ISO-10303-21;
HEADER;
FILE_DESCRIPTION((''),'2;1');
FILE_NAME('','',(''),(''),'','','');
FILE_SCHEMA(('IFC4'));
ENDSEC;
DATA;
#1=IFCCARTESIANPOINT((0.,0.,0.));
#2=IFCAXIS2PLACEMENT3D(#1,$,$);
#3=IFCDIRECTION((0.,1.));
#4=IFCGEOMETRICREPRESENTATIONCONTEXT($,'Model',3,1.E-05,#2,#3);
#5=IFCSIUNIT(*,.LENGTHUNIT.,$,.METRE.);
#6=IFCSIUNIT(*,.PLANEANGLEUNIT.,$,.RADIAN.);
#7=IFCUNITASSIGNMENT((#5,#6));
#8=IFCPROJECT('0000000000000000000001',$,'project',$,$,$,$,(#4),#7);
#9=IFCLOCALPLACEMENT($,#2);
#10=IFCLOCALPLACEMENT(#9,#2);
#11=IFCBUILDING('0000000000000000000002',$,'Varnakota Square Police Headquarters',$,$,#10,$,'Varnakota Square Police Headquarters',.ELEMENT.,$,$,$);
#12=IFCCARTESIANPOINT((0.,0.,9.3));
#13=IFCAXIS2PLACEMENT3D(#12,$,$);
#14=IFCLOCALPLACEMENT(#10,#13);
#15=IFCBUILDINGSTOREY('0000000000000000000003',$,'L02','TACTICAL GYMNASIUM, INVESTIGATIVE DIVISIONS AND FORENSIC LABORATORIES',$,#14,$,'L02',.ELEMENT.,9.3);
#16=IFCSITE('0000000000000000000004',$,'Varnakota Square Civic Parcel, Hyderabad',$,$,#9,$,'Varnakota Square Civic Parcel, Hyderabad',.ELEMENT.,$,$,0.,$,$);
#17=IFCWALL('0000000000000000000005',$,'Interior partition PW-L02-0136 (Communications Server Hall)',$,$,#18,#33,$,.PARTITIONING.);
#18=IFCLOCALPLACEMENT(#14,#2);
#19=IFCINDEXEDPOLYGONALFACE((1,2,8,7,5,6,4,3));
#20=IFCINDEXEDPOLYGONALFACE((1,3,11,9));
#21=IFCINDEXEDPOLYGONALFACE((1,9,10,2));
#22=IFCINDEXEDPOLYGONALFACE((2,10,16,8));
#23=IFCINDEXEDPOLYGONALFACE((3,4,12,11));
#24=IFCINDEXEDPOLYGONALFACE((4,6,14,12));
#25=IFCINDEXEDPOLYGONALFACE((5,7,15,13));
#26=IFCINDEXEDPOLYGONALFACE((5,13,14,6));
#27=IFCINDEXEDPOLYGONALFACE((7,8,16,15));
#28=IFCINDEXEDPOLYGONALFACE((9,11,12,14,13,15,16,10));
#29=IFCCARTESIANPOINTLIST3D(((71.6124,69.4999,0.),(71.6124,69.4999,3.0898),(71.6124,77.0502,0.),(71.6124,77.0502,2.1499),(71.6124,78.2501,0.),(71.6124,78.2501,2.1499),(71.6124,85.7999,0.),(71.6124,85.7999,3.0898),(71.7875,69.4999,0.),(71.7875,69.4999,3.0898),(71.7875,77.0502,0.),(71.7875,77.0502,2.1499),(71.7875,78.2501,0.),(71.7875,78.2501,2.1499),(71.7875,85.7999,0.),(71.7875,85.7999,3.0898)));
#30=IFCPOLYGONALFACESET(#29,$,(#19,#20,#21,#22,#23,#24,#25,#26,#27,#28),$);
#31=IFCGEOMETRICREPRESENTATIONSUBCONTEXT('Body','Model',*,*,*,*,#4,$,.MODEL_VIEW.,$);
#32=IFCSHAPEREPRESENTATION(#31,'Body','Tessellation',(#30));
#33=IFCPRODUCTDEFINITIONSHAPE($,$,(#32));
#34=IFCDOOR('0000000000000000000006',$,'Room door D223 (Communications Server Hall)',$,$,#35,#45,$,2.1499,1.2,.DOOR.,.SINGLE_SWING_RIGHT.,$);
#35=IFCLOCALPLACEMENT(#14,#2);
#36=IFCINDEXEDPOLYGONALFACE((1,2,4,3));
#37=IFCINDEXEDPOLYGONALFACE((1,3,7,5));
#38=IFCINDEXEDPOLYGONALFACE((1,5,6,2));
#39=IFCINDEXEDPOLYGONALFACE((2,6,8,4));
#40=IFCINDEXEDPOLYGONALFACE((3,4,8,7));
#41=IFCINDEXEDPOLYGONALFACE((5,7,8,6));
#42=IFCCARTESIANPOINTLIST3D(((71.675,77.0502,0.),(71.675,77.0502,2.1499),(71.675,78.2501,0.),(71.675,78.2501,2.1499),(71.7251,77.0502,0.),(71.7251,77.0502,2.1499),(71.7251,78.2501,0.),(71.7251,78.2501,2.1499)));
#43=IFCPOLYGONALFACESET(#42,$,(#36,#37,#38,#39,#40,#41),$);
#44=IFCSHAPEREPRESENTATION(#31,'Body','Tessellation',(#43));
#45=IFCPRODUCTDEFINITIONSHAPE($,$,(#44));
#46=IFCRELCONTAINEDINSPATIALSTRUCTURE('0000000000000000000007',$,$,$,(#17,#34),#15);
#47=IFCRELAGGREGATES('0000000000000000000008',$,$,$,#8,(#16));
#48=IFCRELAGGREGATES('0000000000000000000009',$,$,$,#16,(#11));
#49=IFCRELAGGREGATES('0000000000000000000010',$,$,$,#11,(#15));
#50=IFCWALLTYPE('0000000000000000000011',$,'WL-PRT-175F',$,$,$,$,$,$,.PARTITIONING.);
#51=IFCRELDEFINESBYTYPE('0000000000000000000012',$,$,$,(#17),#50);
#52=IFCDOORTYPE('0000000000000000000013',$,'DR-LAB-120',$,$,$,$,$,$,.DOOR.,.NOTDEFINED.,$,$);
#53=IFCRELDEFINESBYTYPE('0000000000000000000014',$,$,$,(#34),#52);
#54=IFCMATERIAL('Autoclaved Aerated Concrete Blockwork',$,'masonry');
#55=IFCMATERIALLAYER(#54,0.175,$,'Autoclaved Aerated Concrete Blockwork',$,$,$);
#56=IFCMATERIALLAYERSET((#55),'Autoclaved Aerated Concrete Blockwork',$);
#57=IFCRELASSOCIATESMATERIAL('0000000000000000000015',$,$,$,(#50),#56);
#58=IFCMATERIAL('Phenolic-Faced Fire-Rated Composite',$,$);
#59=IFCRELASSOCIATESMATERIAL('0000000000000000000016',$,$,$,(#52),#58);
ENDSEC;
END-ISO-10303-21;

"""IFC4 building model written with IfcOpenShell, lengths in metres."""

from ifc_helpers import new_model, si_unit, direction, frame, frame_2d, origin, place, context, subcontext, project, spatial, rectangle, extrude, material, layer, layer_set, type_object, element, fill, save


model = new_model("IFC4")

# Units and contexts
model_context = context("Model", 3, precision=1e-05, world=origin(), true_north=direction((0.0, 1.0)))
body_context = subcontext(model_context, "Body", "Model", "MODEL_VIEW")
ifc_project = project(units=[si_unit("LENGTHUNIT", "METRE"), si_unit("PLANEANGLEUNIT", "RADIAN")], contexts=[model_context])

# Site, building, storey
site_placement = place(None, origin())
site = spatial("IfcSite", under=ifc_project, at=site_placement, Name="Varnakota Square Civic Parcel, Hyderabad", LongName="Varnakota Square Civic Parcel, Hyderabad", CompositionType="ELEMENT", RefElevation=0.0)
building_placement = place(site_placement, origin())
building = spatial("IfcBuilding", under=site, at=building_placement, Name="Varnakota Square Police Headquarters", LongName="Varnakota Square Police Headquarters", CompositionType="ELEMENT")
storey_placement = place(building_placement, frame((0.0, 0.0, 9.3)))
storey = spatial("IfcBuildingStorey", under=building, at=storey_placement, Name="L02", Description="TACTICAL GYMNASIUM, INVESTIGATIVE DIVISIONS AND FORENSIC LABORATORIES", LongName="L02", CompositionType="ELEMENT", Elevation=9.3)

# Wall, opening, door
ifc_material_1 = material(Name="Autoclaved Aerated Concrete Blockwork", Category="masonry")
ifc_layer_1 = layer(ifc_material_1, 0.175, Name="Autoclaved Aerated Concrete Blockwork")
ifc_layer_set_1 = layer_set([ifc_layer_1], Name="Autoclaved Aerated Concrete Blockwork")
wall_type_1 = type_object("IfcWallType", Name="WL-PRT-175F", PredefinedType="PARTITIONING", material=ifc_layer_set_1)
wall_1_placement = place(storey_placement, frame((71.7, 69.5, 0.0), z_axis=(0.0, 0.0, 1.0), x_axis=(0.0, 1.0, 0.0)))
wall_1 = element("IfcWall", 1, at=wall_1_placement, inside=storey, type_object=wall_type_1, Name="Interior partition PW-L02-0136 (Communications Server Hall)", PredefinedType="PARTITIONING", context=body_context, shape_type="SweptSolid", body=[
    extrude(rectangle(XDim=16.3, YDim=0.175, at=frame_2d((8.1499, 0.0))), origin(), (0.0, 0.0, 1.0), 3.0898),
])
opening_1_placement = place(wall_1_placement, frame((7.55, 0.0, 0.0)))
opening_1 = element("IfcOpeningElement", 2, at=opening_1_placement, cuts=wall_1, PredefinedType="OPENING", context=body_context, shape_type="SweptSolid", body=[
    extrude(rectangle(XDim=1.2, YDim=2.1499, at=frame_2d((0.6001, 1.075))), frame((0.0, 0.0974, 0.0), z_axis=(0.0, -1.0, 0.0), x_axis=(1.0, 0.0, 0.0)), (0.0, 0.0, 1.0), 0.1951),
])
ifc_material_2 = material(Name="Phenolic-Faced Fire-Rated Composite")
door_type_1 = type_object("IfcDoorType", Name="DR-LAB-120", OperationType="NOTDEFINED", PredefinedType="DOOR", material=ifc_material_2)
door_1_placement = place(opening_1_placement, origin())
door_1 = element("IfcDoor", 3, at=door_1_placement, inside=storey, type_object=door_type_1, Name="Room door D223 (Communications Server Hall)", OperationType="SINGLE_SWING_RIGHT", OverallHeight=2.1499, OverallWidth=1.2, PredefinedType="DOOR", context=body_context, shape_type="SweptSolid", body=[
    extrude(rectangle(XDim=1.2, YDim=2.1499, at=frame_2d((0.6001, 1.075))), frame((0.0, 0.0249, 0.0), z_axis=(0.0, -1.0, 0.0), x_axis=(1.0, 0.0, 0.0)), (0.0, 0.0, 1.0), 0.05),
])
fill(opening_1, door_1)

save(model, "model.ifc")
